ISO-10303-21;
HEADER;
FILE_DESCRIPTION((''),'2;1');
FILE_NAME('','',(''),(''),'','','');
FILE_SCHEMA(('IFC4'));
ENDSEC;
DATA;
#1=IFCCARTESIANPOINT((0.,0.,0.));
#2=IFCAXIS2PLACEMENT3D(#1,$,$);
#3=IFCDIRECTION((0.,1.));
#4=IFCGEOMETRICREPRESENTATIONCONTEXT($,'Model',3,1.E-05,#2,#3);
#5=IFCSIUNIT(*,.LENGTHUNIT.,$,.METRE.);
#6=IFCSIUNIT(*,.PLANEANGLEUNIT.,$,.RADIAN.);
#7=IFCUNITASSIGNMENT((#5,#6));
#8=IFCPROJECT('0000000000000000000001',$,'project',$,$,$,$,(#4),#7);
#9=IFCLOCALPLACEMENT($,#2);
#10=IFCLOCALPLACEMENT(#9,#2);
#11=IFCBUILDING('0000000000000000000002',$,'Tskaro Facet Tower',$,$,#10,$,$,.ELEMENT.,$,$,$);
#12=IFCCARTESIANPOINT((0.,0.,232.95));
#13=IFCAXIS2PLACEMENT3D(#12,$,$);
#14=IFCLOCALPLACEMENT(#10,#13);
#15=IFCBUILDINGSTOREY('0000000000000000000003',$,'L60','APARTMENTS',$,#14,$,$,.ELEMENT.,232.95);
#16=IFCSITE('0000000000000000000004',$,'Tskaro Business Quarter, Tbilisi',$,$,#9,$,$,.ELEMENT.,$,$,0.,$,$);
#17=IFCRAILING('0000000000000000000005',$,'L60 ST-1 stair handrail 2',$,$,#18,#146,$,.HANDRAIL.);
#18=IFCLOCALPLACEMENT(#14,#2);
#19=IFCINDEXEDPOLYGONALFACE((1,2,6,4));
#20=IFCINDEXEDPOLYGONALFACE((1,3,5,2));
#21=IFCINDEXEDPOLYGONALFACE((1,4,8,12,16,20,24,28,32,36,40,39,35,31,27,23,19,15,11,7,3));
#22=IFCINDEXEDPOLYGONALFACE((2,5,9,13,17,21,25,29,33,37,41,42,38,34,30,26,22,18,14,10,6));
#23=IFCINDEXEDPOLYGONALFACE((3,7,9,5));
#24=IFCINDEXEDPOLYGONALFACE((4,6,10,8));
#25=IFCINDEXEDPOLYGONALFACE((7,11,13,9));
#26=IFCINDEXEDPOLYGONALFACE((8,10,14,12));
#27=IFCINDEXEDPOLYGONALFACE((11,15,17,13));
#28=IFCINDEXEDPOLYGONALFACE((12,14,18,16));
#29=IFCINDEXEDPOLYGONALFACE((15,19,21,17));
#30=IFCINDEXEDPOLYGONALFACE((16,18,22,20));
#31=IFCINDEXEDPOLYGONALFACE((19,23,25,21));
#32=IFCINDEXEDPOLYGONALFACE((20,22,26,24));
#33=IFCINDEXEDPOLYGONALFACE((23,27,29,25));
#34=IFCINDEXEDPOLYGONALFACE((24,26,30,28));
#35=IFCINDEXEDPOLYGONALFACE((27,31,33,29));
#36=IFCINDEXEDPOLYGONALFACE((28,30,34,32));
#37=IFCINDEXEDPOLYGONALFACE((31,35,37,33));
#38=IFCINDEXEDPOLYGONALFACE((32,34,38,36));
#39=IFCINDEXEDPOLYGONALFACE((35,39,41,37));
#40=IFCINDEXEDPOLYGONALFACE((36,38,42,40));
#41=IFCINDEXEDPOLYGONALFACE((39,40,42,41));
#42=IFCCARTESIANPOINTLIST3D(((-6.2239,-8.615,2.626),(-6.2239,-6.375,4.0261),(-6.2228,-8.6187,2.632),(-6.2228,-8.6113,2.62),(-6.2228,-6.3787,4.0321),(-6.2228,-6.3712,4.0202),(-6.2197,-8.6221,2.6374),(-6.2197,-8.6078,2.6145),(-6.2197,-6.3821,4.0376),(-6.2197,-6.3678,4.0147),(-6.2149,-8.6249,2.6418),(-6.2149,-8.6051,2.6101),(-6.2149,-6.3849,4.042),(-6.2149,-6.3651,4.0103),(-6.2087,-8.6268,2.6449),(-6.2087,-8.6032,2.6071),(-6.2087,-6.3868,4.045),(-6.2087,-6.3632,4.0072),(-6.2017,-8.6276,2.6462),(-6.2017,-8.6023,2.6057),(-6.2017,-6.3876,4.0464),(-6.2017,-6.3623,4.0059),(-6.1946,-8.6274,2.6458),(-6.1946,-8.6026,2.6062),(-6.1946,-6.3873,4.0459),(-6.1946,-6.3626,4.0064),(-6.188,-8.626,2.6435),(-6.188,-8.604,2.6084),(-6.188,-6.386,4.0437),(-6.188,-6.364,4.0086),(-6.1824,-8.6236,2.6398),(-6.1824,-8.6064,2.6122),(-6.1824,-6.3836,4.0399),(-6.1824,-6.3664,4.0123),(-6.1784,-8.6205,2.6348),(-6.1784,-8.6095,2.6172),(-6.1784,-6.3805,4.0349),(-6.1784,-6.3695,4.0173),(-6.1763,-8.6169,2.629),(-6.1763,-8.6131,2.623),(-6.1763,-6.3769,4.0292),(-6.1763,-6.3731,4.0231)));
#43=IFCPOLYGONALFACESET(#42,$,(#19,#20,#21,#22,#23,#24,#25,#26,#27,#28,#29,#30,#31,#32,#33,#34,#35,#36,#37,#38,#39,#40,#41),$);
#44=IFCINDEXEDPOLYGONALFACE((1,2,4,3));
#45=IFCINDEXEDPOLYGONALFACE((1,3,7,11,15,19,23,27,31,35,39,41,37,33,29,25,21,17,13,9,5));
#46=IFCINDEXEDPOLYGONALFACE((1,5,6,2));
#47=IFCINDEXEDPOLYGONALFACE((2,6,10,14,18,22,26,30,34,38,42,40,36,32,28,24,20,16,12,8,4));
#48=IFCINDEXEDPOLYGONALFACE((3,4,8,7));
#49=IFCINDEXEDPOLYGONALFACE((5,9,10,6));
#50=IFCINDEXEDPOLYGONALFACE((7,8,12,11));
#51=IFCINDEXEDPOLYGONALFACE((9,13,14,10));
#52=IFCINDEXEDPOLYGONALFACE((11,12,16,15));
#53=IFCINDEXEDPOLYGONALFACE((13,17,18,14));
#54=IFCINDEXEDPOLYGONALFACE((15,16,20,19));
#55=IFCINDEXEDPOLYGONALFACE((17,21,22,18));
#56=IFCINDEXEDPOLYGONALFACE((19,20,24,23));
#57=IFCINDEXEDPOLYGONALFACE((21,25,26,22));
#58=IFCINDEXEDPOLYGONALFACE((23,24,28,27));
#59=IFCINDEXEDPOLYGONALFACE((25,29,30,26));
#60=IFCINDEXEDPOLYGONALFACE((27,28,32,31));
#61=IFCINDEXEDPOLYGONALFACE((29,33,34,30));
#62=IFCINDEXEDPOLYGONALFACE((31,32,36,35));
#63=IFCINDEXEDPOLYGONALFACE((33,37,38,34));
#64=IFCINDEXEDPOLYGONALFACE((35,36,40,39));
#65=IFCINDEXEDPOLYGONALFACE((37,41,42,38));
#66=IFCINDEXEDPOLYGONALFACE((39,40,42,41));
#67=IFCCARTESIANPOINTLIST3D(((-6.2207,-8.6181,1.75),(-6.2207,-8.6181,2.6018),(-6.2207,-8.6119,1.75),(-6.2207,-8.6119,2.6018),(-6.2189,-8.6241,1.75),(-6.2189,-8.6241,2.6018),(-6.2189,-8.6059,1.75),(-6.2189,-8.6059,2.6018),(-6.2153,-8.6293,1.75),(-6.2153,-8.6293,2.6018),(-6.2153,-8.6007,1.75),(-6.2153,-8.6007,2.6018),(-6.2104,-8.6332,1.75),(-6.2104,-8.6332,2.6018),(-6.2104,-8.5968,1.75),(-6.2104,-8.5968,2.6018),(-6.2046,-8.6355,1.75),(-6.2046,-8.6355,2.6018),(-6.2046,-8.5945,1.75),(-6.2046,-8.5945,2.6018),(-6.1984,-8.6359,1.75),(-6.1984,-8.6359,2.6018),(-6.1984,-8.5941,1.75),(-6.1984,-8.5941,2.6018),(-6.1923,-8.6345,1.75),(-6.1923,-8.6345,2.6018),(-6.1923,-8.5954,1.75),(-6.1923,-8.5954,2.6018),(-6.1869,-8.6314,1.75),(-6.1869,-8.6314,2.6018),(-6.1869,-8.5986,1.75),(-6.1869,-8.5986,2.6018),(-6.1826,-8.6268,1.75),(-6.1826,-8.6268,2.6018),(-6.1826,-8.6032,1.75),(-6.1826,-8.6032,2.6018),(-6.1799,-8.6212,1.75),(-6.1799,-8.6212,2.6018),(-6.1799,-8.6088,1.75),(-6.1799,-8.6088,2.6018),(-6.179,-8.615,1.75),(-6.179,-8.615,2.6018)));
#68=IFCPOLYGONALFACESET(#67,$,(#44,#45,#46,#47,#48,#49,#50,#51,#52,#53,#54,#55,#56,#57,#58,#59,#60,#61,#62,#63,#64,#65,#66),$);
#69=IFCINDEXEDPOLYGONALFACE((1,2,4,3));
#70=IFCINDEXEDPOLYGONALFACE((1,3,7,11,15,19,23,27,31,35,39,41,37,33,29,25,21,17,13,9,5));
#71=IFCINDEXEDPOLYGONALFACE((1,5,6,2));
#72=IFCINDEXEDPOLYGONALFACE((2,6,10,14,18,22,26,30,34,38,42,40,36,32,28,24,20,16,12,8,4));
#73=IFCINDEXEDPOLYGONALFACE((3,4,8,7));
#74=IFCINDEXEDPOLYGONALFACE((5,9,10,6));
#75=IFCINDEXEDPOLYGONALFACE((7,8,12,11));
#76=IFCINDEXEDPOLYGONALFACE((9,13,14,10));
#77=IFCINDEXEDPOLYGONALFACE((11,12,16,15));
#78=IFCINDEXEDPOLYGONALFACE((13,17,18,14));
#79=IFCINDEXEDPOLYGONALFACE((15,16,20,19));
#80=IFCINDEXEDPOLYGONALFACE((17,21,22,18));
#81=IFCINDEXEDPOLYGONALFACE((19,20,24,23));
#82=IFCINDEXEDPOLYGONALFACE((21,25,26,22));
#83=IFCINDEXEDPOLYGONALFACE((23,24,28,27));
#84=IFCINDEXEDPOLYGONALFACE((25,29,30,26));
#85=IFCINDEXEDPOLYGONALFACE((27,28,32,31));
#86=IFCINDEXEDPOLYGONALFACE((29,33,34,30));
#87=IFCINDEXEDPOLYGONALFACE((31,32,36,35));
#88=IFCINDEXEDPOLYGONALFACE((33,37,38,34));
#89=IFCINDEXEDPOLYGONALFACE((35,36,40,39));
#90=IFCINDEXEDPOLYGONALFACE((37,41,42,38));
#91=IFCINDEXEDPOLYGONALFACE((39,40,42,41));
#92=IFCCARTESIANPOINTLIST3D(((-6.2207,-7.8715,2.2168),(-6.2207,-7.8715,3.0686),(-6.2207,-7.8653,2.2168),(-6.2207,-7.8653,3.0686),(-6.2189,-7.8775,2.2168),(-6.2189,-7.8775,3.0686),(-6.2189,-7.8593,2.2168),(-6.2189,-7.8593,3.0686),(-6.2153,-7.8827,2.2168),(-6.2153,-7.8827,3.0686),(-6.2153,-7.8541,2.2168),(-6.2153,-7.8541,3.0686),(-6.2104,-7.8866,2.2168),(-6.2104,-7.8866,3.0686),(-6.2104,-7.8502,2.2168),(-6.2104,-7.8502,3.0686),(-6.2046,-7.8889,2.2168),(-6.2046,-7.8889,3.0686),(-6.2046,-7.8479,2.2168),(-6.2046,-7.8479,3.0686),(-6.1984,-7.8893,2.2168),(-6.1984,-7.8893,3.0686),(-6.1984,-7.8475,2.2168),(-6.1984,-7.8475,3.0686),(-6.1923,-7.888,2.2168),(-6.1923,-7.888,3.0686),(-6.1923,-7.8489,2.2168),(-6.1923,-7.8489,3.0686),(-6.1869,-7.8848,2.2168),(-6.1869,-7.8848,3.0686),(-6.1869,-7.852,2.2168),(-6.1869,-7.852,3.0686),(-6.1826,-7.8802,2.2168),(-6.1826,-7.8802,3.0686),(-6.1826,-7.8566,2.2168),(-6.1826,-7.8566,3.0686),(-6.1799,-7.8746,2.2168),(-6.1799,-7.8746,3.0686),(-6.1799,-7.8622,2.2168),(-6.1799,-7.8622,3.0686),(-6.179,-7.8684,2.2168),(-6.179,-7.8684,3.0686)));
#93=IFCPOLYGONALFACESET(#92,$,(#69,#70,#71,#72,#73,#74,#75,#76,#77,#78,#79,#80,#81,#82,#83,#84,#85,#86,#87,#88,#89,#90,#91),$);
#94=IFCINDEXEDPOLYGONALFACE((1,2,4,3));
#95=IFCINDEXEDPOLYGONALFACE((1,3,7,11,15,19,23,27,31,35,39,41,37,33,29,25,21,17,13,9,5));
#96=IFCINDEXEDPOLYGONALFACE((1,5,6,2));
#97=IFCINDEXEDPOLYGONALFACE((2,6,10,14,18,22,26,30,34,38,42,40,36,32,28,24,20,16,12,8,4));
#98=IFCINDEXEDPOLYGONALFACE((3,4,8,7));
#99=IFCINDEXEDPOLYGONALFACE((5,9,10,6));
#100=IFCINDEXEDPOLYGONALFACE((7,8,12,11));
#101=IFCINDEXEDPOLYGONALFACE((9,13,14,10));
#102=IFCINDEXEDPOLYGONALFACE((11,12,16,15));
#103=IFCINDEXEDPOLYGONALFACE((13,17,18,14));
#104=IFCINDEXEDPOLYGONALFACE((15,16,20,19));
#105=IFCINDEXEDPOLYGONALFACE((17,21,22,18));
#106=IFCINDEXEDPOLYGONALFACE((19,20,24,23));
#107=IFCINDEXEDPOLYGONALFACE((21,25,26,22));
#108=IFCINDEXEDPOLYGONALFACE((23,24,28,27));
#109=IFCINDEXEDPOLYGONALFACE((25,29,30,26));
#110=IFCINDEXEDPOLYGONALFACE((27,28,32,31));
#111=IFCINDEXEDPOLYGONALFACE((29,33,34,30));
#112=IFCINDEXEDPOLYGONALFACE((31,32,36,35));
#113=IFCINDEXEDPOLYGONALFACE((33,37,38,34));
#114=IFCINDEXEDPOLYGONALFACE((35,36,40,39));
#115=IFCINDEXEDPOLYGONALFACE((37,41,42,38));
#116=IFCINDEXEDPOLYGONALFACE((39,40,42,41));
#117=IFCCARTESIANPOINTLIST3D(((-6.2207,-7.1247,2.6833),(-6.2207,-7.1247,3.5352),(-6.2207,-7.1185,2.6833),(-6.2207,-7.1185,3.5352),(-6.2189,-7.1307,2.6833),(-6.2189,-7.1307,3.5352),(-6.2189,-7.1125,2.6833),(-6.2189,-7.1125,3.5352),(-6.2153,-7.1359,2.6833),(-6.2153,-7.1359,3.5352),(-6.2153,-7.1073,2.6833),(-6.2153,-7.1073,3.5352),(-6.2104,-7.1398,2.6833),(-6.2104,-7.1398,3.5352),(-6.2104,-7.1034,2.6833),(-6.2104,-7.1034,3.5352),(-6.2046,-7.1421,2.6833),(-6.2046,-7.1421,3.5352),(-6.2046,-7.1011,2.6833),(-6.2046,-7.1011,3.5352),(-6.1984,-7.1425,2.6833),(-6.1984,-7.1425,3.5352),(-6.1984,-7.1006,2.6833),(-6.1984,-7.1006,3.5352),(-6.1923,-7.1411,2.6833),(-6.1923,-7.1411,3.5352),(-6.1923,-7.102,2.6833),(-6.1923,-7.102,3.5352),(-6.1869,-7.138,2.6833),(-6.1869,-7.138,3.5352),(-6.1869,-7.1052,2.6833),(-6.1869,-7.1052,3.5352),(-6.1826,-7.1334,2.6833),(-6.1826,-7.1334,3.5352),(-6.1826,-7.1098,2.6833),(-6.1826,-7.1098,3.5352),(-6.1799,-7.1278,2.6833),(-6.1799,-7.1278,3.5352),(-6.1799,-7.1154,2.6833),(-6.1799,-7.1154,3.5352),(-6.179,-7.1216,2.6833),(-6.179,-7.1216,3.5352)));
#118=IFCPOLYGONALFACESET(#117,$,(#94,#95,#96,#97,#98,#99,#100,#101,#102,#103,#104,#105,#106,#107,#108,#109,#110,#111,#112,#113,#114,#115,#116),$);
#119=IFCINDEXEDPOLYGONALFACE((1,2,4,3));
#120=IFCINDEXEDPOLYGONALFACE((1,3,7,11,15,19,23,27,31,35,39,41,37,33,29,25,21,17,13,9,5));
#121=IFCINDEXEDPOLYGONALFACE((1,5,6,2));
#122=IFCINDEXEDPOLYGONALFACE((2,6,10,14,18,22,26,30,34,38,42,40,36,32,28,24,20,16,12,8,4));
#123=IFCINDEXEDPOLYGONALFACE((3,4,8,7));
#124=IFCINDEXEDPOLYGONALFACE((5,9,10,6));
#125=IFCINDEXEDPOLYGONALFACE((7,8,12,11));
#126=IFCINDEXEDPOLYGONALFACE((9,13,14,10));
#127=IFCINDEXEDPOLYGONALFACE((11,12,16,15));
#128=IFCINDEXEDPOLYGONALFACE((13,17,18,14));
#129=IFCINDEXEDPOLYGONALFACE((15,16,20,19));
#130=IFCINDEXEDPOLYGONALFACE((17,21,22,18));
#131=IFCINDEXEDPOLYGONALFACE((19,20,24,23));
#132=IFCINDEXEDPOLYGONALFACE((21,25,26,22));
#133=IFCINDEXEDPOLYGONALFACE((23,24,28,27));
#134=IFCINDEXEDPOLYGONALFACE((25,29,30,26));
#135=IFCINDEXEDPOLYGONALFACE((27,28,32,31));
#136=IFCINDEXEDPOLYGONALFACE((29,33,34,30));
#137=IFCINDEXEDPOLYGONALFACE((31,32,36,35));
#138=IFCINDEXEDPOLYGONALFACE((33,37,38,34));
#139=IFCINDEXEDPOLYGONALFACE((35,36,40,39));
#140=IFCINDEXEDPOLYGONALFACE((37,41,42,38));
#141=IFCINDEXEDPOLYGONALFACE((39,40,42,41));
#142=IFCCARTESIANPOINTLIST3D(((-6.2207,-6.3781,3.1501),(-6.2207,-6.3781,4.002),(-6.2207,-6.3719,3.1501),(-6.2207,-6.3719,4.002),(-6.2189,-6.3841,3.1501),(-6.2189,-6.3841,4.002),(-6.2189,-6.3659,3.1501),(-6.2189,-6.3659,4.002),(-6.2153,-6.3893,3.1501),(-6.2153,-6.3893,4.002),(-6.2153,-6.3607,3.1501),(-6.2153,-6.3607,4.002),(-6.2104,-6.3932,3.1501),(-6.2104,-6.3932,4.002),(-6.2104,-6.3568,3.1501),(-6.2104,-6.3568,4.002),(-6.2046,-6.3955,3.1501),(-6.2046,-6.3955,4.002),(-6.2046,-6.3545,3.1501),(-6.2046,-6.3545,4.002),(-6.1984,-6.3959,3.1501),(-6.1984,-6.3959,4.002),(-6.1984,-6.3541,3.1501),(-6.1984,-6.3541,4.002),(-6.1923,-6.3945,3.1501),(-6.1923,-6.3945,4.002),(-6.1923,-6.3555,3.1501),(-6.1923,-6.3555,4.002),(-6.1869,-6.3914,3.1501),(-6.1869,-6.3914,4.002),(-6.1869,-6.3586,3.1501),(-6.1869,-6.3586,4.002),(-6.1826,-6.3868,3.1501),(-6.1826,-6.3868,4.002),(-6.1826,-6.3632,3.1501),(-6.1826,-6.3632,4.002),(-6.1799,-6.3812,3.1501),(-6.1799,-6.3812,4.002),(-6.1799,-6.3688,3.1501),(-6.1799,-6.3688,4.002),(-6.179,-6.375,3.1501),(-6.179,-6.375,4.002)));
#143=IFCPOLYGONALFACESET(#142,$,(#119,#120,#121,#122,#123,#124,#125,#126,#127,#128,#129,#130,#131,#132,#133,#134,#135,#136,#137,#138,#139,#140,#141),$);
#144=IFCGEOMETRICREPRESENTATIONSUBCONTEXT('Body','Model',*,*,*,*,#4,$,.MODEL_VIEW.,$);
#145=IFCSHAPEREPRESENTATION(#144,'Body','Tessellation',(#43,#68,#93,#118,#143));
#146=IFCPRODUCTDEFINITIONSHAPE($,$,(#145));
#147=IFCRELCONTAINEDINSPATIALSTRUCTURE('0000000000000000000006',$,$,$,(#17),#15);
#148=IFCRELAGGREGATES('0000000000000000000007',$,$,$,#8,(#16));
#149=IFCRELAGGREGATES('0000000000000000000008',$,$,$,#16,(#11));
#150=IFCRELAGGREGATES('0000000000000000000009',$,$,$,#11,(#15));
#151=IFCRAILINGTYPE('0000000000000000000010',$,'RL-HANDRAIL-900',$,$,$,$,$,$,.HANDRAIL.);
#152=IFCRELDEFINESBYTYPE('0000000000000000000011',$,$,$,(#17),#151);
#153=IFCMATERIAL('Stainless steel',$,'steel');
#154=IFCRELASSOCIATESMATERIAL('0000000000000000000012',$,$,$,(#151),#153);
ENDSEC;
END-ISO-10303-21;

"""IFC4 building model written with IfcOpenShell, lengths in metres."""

from ifc_helpers import new_model, si_unit, direction, frame, origin, origin_2d, place, context, subcontext, project, spatial, circle, extrude, material, type_object, element, save


model = new_model("IFC4")

# Units and contexts
model_context = context("Model", 3, precision=1e-05, world=origin(), true_north=direction((0.0, 1.0)))
body_context = subcontext(model_context, "Body", "Model", "MODEL_VIEW")
ifc_project = project(units=[si_unit("LENGTHUNIT", "METRE"), si_unit("PLANEANGLEUNIT", "RADIAN")], contexts=[model_context])

# Site, building, storey
site_placement = place(None, origin())
site = spatial("IfcSite", under=ifc_project, at=site_placement, Name="Tskaro Business Quarter, Tbilisi", CompositionType="ELEMENT", RefElevation=0.0)
building_placement = place(site_placement, origin())
building = spatial("IfcBuilding", under=site, at=building_placement, Name="Tskaro Facet Tower", CompositionType="ELEMENT")
storey_placement = place(building_placement, frame((0.0, 0.0, 232.95)))
storey = spatial("IfcBuildingStorey", under=building, at=storey_placement, Name="L60", Description="APARTMENTS", CompositionType="ELEMENT", Elevation=232.95)

# Shared definitions
ifc_material_1 = material(Name="Stainless steel", Category="steel")

# Railing
railing_type_1 = type_object("IfcRailingType", Name="RL-HANDRAIL-900", PredefinedType="HANDRAIL", material=ifc_material_1)
railing_1_placement = place(storey_placement, frame((-6.2, -8.615, 1.75)))
element("IfcRailing", 1, at=railing_1_placement, inside=storey, type_object=railing_type_1, Name="L60 ST-1 stair handrail 2", PredefinedType="HANDRAIL", context=body_context, shape_type="SweptSolid", body=[
    extrude(circle(Radius=0.0239, at=origin_2d()), frame((0.0, 0.0, 0.876), z_axis=(0.0, 0.847972, 0.53004), x_axis=(-1.0, 0.0, 0.0)), (0.0, 0.0, 1.0), 2.6416),
    extrude(circle(Radius=0.021, at=origin_2d()), origin(), (0.0, 0.0, 1.0), 0.8518),
    extrude(circle(Radius=0.021, at=origin_2d()), frame((0.0, 0.7466, 0.4668)), (0.0, 0.0, 1.0), 0.8518),
    extrude(circle(Radius=0.021, at=origin_2d()), frame((0.0, 1.4934, 0.9333)), (0.0, 0.0, 1.0), 0.8518),
    extrude(circle(Radius=0.021, at=origin_2d()), frame((0.0, 2.24, 1.4001)), (0.0, 0.0, 1.0), 0.8518),
])

save(model, "model.ifc")
